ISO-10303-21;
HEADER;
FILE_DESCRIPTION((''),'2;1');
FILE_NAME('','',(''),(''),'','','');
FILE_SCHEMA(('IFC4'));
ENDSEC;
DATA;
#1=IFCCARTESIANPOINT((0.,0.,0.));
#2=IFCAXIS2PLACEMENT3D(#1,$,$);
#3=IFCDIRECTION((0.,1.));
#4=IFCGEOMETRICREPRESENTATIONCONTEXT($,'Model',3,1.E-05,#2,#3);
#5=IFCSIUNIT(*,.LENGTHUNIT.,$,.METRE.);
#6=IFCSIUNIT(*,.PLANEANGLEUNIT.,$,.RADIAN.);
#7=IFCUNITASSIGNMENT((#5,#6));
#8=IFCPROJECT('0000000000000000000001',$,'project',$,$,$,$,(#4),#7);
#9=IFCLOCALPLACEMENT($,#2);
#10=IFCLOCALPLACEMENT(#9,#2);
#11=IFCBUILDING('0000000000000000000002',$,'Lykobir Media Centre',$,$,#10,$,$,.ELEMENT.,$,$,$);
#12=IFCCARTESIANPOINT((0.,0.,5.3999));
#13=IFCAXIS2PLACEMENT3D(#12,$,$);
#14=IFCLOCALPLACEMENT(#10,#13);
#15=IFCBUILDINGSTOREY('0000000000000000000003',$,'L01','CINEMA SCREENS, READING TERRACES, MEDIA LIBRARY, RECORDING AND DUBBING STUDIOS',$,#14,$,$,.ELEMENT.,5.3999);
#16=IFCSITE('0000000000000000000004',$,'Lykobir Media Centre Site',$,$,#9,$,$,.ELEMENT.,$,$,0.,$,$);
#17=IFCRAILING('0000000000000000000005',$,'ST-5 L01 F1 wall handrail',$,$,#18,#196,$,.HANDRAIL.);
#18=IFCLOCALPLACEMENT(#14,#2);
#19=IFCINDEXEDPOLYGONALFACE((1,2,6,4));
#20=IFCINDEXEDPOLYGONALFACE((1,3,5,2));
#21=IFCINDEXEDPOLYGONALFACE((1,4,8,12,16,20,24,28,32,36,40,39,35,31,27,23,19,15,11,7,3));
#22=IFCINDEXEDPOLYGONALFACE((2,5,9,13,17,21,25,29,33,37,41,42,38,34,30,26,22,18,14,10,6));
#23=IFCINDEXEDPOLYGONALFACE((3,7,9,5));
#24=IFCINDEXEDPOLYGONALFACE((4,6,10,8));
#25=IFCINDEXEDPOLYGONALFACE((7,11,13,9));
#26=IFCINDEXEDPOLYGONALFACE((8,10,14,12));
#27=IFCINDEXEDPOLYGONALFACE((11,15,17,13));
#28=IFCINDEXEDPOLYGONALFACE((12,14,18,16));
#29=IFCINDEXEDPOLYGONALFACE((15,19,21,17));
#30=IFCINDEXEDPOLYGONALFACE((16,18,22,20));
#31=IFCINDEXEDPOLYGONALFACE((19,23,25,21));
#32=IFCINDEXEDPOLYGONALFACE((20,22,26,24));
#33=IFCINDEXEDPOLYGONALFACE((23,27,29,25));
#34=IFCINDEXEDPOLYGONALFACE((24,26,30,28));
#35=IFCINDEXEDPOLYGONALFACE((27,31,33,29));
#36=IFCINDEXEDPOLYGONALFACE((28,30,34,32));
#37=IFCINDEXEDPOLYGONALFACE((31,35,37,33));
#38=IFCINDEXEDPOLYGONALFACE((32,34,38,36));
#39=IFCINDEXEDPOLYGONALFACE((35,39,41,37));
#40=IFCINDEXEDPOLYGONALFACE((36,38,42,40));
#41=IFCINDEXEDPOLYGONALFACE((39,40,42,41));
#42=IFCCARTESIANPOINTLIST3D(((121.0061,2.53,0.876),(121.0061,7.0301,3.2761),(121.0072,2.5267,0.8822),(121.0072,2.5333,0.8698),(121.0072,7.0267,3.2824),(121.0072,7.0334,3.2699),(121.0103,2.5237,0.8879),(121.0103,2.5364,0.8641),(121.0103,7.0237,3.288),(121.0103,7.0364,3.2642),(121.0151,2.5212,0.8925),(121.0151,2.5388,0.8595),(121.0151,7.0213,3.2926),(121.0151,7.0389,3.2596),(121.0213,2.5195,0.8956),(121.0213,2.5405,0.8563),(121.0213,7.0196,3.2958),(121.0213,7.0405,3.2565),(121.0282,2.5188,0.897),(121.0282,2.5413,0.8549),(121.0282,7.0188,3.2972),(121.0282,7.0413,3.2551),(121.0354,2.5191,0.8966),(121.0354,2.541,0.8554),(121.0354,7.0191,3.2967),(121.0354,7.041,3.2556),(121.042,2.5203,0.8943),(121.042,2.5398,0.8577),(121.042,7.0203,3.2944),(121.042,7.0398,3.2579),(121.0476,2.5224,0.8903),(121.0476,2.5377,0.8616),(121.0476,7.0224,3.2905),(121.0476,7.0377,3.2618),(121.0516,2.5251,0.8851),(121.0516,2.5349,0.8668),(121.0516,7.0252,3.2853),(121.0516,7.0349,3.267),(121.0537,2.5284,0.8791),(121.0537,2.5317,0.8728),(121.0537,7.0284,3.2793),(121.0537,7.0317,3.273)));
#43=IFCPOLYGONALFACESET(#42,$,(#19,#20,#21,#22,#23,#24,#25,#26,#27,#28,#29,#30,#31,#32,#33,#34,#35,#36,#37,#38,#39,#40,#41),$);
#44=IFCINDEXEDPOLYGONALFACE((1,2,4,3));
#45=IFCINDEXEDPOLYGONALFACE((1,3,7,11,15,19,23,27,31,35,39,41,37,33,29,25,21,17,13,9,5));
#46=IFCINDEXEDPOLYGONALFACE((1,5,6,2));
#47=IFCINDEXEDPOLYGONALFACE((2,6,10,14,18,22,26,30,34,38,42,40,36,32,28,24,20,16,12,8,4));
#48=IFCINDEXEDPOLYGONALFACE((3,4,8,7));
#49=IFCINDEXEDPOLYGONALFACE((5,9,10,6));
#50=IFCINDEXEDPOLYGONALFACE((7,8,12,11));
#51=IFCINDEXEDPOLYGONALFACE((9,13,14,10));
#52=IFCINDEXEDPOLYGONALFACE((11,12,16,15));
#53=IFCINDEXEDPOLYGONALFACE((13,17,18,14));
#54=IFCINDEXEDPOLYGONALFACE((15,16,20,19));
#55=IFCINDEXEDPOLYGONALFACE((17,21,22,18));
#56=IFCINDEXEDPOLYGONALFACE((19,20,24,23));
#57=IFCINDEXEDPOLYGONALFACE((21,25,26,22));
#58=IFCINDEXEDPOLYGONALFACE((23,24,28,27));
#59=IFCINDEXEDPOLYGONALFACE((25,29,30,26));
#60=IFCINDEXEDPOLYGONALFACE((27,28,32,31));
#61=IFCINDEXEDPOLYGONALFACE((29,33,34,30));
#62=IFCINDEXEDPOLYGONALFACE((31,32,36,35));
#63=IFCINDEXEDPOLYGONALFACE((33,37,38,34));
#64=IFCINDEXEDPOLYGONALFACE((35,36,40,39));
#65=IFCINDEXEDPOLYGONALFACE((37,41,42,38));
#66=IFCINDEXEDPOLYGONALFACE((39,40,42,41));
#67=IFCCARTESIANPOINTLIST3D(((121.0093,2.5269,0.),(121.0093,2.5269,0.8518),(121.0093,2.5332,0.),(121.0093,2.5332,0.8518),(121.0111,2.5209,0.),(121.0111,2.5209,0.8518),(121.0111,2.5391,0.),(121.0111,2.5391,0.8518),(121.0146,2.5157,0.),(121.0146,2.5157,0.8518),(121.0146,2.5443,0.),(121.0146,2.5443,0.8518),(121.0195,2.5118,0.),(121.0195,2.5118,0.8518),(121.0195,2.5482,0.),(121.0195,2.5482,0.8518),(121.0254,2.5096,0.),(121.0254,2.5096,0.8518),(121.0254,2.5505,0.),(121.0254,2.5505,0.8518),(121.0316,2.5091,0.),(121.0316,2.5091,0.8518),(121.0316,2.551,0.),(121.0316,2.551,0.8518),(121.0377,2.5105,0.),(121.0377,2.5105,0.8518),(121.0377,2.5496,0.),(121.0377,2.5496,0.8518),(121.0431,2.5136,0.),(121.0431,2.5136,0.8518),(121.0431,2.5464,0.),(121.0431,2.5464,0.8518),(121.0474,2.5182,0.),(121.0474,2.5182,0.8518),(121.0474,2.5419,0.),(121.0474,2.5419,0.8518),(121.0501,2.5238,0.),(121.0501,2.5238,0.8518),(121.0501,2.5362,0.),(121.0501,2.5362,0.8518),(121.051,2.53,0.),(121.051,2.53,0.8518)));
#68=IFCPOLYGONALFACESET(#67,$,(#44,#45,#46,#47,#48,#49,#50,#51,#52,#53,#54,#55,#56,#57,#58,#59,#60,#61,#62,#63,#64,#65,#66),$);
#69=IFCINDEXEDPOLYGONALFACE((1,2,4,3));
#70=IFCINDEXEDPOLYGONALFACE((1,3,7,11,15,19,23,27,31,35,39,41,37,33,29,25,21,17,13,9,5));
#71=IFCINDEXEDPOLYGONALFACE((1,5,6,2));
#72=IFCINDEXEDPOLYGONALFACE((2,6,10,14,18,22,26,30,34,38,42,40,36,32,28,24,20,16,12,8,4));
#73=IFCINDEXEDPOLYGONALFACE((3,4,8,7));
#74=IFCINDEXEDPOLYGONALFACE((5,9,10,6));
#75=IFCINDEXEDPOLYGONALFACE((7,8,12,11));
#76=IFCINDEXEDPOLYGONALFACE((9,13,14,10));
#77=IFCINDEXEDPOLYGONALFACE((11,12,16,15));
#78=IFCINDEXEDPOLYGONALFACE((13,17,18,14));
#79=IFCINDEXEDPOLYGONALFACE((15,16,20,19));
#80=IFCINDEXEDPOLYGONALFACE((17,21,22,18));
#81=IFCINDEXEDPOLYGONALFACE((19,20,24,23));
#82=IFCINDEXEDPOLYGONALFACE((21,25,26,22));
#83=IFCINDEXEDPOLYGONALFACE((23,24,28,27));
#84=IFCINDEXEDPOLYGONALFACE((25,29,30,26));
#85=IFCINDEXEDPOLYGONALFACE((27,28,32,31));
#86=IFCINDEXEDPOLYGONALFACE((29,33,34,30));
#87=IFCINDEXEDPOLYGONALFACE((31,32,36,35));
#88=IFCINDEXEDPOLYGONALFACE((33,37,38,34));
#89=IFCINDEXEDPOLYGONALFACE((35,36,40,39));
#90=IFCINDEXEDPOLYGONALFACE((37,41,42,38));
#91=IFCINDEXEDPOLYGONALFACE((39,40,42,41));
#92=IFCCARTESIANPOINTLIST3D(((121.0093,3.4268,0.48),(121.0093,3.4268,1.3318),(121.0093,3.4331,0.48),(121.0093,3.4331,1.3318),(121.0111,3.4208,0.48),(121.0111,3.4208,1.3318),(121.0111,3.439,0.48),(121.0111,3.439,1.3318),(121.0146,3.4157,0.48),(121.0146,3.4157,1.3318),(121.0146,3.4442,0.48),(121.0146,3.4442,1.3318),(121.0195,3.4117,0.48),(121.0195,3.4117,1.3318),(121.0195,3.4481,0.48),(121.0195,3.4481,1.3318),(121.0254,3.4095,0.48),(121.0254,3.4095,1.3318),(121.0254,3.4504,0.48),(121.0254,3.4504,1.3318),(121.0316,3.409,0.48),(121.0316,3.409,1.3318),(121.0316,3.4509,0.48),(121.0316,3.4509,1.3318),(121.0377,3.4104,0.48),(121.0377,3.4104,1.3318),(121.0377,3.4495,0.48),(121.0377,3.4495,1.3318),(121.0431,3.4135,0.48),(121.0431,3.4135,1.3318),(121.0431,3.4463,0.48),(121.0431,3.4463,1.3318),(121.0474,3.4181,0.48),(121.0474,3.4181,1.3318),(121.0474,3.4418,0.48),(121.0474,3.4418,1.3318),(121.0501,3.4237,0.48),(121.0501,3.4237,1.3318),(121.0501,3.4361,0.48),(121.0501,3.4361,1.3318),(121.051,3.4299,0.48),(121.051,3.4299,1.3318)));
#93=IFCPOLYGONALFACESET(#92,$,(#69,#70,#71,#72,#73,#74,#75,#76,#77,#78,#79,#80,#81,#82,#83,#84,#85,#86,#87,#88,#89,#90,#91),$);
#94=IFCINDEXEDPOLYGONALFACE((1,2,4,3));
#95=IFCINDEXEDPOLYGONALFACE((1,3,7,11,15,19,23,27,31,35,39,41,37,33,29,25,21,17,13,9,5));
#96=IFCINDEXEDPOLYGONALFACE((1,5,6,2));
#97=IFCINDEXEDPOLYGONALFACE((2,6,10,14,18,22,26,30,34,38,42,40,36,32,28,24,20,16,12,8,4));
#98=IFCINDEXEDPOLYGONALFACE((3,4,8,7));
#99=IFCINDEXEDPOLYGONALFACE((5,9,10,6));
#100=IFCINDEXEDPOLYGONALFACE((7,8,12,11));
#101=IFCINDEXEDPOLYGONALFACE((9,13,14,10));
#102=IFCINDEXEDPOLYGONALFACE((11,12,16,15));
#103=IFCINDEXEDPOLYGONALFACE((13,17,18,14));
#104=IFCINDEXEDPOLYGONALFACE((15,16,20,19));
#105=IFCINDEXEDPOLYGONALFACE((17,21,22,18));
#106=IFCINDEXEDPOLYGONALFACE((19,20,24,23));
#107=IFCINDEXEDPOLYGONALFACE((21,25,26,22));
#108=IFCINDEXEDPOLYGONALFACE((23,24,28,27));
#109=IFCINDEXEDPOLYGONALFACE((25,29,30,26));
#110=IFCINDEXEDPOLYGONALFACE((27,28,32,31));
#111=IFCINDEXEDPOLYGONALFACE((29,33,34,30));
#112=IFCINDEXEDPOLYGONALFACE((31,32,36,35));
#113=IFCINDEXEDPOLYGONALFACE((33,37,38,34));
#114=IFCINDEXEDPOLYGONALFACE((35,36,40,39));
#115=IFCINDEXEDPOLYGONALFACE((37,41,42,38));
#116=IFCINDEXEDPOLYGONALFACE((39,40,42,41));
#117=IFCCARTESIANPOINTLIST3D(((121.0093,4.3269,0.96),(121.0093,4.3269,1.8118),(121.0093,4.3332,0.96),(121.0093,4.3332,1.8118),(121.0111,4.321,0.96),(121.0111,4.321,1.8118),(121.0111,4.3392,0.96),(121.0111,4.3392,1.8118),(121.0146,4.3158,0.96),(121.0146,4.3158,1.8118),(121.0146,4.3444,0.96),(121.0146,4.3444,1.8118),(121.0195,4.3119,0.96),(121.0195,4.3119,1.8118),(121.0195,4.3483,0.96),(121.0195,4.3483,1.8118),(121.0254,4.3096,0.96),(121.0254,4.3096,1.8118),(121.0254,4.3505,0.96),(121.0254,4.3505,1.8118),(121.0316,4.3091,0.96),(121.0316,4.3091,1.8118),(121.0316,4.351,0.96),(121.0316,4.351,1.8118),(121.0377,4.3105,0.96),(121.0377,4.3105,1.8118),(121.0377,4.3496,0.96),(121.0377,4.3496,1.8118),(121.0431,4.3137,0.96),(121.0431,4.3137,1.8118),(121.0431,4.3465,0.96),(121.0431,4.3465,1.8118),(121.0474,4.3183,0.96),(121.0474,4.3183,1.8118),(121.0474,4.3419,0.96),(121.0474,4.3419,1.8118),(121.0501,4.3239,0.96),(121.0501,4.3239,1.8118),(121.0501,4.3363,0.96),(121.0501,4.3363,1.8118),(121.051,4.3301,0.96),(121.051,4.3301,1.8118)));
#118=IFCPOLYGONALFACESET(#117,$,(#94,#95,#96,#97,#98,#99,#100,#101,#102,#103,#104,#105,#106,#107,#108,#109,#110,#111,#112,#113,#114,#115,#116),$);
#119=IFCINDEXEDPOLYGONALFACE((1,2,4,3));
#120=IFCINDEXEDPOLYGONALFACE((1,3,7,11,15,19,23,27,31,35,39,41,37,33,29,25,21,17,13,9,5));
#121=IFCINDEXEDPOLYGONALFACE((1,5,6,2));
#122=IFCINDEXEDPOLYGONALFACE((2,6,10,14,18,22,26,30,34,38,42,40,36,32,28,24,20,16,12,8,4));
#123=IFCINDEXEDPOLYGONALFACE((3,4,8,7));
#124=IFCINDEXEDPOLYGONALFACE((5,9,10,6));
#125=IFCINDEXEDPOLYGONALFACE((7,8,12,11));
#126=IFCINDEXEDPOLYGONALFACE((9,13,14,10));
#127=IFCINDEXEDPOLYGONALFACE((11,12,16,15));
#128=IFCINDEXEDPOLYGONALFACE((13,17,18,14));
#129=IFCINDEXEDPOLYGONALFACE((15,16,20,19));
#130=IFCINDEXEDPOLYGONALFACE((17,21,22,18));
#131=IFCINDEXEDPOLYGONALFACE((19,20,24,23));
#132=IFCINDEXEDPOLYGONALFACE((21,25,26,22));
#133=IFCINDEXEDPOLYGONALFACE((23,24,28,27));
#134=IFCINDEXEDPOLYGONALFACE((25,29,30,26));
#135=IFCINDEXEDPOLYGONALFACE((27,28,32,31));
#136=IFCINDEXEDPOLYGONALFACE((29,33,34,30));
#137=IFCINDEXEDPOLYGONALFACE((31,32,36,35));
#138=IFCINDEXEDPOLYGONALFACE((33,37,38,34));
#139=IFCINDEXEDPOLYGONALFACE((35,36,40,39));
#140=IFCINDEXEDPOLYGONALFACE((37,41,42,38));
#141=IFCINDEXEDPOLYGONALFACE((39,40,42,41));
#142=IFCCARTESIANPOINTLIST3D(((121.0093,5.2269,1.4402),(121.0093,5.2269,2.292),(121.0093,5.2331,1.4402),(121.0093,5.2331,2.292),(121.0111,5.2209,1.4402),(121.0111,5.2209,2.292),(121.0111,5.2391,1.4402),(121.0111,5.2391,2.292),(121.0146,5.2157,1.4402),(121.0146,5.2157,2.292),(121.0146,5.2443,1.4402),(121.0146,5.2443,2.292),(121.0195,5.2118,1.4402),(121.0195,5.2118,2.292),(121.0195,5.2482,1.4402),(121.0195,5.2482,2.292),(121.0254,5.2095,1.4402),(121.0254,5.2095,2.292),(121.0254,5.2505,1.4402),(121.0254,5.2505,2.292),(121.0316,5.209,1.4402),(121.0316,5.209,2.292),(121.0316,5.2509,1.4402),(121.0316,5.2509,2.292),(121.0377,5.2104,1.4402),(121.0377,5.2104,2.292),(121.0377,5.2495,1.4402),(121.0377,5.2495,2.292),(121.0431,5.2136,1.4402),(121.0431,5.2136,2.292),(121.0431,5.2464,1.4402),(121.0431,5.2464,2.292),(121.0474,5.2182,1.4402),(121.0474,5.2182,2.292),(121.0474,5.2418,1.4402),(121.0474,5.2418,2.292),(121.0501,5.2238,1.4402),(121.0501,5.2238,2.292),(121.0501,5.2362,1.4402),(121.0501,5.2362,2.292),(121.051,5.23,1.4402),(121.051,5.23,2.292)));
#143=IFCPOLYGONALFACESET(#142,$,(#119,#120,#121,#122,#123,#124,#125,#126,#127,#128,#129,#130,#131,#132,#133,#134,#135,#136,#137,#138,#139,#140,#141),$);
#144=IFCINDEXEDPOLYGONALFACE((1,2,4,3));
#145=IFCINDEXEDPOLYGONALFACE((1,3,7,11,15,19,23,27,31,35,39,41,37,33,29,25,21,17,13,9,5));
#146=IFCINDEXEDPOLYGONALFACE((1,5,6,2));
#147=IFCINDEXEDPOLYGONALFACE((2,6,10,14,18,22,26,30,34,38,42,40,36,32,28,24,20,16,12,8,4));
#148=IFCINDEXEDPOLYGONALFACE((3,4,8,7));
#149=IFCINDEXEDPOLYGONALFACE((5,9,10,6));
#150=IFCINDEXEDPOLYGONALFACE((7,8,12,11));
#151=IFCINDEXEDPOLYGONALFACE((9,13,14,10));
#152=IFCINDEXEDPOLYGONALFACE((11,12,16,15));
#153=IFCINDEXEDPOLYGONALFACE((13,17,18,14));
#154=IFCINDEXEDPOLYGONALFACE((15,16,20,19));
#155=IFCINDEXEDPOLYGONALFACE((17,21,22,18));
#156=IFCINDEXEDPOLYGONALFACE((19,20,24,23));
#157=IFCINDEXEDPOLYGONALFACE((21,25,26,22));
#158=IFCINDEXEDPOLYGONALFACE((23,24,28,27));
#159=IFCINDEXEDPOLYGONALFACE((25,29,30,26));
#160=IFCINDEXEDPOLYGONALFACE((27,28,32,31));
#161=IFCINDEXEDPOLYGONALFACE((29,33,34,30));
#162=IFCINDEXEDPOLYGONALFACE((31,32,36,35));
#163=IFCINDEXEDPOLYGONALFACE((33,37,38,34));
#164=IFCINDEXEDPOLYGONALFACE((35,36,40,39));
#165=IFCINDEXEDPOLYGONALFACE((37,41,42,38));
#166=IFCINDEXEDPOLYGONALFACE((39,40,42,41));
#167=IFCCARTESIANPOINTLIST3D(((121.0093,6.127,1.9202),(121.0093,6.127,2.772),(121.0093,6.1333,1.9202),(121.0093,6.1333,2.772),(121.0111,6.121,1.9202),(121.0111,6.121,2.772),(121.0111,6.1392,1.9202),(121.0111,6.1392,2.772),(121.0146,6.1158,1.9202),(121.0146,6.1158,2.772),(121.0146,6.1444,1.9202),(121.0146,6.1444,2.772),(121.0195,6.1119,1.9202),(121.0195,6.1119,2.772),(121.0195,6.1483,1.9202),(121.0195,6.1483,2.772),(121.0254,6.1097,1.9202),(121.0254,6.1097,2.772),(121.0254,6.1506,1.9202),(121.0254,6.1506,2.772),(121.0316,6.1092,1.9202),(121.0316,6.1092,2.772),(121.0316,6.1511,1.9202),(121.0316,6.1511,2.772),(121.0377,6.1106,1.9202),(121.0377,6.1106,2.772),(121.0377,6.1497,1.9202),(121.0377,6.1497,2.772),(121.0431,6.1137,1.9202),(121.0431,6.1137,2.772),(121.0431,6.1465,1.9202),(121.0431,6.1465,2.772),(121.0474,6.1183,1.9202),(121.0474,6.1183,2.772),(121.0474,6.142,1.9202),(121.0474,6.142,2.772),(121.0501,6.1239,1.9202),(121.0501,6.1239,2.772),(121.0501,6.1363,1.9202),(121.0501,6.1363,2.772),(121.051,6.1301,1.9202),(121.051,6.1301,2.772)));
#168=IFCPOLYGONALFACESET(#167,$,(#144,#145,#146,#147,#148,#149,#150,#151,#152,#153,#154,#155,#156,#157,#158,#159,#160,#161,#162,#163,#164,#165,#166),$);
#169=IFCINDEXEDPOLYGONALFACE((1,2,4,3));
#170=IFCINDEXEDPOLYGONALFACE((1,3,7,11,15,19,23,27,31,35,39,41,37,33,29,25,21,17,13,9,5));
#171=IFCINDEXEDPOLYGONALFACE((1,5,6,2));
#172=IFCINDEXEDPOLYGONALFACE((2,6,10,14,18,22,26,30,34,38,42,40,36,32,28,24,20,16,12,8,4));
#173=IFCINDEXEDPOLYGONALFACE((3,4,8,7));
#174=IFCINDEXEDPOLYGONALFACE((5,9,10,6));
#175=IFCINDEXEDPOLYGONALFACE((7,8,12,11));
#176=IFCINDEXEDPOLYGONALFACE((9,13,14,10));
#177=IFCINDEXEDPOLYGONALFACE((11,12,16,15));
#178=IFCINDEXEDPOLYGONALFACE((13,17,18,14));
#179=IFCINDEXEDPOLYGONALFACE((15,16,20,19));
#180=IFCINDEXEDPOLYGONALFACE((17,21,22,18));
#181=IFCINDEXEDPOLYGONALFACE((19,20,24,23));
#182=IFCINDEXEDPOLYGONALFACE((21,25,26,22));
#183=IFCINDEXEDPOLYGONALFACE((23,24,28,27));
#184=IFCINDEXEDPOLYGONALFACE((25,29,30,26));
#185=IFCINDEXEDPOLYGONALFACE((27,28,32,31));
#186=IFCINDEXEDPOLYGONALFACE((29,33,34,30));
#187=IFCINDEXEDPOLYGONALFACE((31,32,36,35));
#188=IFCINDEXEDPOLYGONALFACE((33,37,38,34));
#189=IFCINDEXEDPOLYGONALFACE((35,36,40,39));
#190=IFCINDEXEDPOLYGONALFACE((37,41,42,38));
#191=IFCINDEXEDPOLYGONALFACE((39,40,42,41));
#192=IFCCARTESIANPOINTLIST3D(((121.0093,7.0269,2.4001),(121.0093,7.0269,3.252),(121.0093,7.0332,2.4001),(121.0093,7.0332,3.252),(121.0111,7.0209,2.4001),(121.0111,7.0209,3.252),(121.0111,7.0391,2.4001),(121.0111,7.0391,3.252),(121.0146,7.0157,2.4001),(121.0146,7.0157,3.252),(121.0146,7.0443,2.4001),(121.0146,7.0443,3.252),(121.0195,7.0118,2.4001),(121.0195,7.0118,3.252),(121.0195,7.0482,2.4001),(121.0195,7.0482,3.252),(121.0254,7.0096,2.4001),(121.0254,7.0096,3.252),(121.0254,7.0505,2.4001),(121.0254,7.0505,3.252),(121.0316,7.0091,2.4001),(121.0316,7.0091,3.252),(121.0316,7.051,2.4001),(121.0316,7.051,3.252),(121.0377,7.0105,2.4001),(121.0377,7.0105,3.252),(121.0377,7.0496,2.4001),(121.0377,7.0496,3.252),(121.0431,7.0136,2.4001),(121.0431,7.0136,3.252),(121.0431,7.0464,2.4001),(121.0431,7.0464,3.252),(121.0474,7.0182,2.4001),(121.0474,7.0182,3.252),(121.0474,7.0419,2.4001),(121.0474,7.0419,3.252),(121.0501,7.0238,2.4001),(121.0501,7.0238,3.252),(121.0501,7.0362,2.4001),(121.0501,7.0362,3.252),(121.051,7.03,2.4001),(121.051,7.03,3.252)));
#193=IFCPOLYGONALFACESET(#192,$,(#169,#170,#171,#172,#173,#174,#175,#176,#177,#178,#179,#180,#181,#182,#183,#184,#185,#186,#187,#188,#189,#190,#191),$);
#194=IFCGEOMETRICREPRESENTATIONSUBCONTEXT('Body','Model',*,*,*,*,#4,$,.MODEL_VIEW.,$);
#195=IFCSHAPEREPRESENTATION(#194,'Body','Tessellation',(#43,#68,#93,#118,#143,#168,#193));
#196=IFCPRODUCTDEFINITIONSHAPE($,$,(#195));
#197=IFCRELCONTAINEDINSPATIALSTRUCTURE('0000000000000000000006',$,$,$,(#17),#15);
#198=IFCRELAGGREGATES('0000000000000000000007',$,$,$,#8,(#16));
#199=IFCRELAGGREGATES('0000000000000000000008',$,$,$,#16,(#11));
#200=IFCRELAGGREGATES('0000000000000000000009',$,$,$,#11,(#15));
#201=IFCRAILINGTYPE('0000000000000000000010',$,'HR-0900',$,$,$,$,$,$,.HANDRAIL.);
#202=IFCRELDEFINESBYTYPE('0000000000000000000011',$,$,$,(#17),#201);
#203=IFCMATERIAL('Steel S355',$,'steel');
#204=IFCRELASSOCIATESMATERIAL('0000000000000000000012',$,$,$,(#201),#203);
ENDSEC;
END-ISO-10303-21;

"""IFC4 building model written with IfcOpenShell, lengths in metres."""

from ifc_helpers import new_model, si_unit, direction, frame, origin, origin_2d, place, context, subcontext, project, spatial, circle, extrude, material, type_object, element, save


model = new_model("IFC4")

# Units and contexts
model_context = context("Model", 3, precision=1e-05, world=origin(), true_north=direction((0.0, 1.0)))
body_context = subcontext(model_context, "Body", "Model", "MODEL_VIEW")
ifc_project = project(units=[si_unit("LENGTHUNIT", "METRE"), si_unit("PLANEANGLEUNIT", "RADIAN")], contexts=[model_context])

# Site, building, storey
site_placement = place(None, origin())
site = spatial("IfcSite", under=ifc_project, at=site_placement, Name="Lykobir Media Centre Site", CompositionType="ELEMENT", RefElevation=0.0)
building_placement = place(site_placement, origin())
building = spatial("IfcBuilding", under=site, at=building_placement, Name="Lykobir Media Centre", CompositionType="ELEMENT")
storey_placement = place(building_placement, frame((0.0, 0.0, 5.3999)))
storey = spatial("IfcBuildingStorey", under=building, at=storey_placement, Name="L01", Description="CINEMA SCREENS, READING TERRACES, MEDIA LIBRARY, RECORDING AND DUBBING STUDIOS", CompositionType="ELEMENT", Elevation=5.3999)

# Shared definitions
ifc_material_1 = material(Name="Steel S355", Category="steel")

# Railing
railing_type_1 = type_object("IfcRailingType", Name="HR-0900", PredefinedType="HANDRAIL", material=ifc_material_1)
railing_1_placement = place(storey_placement, frame((121.03, 2.53, 0.0)))
element("IfcRailing", 1, at=railing_1_placement, inside=storey, type_object=railing_type_1, Name="ST-5 L01 F1 wall handrail", PredefinedType="HANDRAIL", context=body_context, shape_type="SweptSolid", body=[
    extrude(circle(Radius=0.0239, at=origin_2d()), frame((0.0, 0.0, 0.876), z_axis=(0.0, 0.882341, 0.470611), x_axis=(-1.0, 0.0, 0.0)), (0.0, 0.0, 1.0), 5.1001),
    extrude(circle(Radius=0.021, at=origin_2d()), origin(), (0.0, 0.0, 1.0), 0.8518),
    extrude(circle(Radius=0.021, at=origin_2d()), frame((0.0, 0.8999, 0.48)), (0.0, 0.0, 1.0), 0.8518),
    extrude(circle(Radius=0.021, at=origin_2d()), frame((0.0, 1.8, 0.96)), (0.0, 0.0, 1.0), 0.8518),
    extrude(circle(Radius=0.021, at=origin_2d()), frame((0.0, 2.7, 1.4402)), (0.0, 0.0, 1.0), 0.8518),
    extrude(circle(Radius=0.021, at=origin_2d()), frame((0.0, 3.6001, 1.9202)), (0.0, 0.0, 1.0), 0.8518),
    extrude(circle(Radius=0.021, at=origin_2d()), frame((0.0, 4.5, 2.4001)), (0.0, 0.0, 1.0), 0.8518),
])

save(model, "model.ifc")
